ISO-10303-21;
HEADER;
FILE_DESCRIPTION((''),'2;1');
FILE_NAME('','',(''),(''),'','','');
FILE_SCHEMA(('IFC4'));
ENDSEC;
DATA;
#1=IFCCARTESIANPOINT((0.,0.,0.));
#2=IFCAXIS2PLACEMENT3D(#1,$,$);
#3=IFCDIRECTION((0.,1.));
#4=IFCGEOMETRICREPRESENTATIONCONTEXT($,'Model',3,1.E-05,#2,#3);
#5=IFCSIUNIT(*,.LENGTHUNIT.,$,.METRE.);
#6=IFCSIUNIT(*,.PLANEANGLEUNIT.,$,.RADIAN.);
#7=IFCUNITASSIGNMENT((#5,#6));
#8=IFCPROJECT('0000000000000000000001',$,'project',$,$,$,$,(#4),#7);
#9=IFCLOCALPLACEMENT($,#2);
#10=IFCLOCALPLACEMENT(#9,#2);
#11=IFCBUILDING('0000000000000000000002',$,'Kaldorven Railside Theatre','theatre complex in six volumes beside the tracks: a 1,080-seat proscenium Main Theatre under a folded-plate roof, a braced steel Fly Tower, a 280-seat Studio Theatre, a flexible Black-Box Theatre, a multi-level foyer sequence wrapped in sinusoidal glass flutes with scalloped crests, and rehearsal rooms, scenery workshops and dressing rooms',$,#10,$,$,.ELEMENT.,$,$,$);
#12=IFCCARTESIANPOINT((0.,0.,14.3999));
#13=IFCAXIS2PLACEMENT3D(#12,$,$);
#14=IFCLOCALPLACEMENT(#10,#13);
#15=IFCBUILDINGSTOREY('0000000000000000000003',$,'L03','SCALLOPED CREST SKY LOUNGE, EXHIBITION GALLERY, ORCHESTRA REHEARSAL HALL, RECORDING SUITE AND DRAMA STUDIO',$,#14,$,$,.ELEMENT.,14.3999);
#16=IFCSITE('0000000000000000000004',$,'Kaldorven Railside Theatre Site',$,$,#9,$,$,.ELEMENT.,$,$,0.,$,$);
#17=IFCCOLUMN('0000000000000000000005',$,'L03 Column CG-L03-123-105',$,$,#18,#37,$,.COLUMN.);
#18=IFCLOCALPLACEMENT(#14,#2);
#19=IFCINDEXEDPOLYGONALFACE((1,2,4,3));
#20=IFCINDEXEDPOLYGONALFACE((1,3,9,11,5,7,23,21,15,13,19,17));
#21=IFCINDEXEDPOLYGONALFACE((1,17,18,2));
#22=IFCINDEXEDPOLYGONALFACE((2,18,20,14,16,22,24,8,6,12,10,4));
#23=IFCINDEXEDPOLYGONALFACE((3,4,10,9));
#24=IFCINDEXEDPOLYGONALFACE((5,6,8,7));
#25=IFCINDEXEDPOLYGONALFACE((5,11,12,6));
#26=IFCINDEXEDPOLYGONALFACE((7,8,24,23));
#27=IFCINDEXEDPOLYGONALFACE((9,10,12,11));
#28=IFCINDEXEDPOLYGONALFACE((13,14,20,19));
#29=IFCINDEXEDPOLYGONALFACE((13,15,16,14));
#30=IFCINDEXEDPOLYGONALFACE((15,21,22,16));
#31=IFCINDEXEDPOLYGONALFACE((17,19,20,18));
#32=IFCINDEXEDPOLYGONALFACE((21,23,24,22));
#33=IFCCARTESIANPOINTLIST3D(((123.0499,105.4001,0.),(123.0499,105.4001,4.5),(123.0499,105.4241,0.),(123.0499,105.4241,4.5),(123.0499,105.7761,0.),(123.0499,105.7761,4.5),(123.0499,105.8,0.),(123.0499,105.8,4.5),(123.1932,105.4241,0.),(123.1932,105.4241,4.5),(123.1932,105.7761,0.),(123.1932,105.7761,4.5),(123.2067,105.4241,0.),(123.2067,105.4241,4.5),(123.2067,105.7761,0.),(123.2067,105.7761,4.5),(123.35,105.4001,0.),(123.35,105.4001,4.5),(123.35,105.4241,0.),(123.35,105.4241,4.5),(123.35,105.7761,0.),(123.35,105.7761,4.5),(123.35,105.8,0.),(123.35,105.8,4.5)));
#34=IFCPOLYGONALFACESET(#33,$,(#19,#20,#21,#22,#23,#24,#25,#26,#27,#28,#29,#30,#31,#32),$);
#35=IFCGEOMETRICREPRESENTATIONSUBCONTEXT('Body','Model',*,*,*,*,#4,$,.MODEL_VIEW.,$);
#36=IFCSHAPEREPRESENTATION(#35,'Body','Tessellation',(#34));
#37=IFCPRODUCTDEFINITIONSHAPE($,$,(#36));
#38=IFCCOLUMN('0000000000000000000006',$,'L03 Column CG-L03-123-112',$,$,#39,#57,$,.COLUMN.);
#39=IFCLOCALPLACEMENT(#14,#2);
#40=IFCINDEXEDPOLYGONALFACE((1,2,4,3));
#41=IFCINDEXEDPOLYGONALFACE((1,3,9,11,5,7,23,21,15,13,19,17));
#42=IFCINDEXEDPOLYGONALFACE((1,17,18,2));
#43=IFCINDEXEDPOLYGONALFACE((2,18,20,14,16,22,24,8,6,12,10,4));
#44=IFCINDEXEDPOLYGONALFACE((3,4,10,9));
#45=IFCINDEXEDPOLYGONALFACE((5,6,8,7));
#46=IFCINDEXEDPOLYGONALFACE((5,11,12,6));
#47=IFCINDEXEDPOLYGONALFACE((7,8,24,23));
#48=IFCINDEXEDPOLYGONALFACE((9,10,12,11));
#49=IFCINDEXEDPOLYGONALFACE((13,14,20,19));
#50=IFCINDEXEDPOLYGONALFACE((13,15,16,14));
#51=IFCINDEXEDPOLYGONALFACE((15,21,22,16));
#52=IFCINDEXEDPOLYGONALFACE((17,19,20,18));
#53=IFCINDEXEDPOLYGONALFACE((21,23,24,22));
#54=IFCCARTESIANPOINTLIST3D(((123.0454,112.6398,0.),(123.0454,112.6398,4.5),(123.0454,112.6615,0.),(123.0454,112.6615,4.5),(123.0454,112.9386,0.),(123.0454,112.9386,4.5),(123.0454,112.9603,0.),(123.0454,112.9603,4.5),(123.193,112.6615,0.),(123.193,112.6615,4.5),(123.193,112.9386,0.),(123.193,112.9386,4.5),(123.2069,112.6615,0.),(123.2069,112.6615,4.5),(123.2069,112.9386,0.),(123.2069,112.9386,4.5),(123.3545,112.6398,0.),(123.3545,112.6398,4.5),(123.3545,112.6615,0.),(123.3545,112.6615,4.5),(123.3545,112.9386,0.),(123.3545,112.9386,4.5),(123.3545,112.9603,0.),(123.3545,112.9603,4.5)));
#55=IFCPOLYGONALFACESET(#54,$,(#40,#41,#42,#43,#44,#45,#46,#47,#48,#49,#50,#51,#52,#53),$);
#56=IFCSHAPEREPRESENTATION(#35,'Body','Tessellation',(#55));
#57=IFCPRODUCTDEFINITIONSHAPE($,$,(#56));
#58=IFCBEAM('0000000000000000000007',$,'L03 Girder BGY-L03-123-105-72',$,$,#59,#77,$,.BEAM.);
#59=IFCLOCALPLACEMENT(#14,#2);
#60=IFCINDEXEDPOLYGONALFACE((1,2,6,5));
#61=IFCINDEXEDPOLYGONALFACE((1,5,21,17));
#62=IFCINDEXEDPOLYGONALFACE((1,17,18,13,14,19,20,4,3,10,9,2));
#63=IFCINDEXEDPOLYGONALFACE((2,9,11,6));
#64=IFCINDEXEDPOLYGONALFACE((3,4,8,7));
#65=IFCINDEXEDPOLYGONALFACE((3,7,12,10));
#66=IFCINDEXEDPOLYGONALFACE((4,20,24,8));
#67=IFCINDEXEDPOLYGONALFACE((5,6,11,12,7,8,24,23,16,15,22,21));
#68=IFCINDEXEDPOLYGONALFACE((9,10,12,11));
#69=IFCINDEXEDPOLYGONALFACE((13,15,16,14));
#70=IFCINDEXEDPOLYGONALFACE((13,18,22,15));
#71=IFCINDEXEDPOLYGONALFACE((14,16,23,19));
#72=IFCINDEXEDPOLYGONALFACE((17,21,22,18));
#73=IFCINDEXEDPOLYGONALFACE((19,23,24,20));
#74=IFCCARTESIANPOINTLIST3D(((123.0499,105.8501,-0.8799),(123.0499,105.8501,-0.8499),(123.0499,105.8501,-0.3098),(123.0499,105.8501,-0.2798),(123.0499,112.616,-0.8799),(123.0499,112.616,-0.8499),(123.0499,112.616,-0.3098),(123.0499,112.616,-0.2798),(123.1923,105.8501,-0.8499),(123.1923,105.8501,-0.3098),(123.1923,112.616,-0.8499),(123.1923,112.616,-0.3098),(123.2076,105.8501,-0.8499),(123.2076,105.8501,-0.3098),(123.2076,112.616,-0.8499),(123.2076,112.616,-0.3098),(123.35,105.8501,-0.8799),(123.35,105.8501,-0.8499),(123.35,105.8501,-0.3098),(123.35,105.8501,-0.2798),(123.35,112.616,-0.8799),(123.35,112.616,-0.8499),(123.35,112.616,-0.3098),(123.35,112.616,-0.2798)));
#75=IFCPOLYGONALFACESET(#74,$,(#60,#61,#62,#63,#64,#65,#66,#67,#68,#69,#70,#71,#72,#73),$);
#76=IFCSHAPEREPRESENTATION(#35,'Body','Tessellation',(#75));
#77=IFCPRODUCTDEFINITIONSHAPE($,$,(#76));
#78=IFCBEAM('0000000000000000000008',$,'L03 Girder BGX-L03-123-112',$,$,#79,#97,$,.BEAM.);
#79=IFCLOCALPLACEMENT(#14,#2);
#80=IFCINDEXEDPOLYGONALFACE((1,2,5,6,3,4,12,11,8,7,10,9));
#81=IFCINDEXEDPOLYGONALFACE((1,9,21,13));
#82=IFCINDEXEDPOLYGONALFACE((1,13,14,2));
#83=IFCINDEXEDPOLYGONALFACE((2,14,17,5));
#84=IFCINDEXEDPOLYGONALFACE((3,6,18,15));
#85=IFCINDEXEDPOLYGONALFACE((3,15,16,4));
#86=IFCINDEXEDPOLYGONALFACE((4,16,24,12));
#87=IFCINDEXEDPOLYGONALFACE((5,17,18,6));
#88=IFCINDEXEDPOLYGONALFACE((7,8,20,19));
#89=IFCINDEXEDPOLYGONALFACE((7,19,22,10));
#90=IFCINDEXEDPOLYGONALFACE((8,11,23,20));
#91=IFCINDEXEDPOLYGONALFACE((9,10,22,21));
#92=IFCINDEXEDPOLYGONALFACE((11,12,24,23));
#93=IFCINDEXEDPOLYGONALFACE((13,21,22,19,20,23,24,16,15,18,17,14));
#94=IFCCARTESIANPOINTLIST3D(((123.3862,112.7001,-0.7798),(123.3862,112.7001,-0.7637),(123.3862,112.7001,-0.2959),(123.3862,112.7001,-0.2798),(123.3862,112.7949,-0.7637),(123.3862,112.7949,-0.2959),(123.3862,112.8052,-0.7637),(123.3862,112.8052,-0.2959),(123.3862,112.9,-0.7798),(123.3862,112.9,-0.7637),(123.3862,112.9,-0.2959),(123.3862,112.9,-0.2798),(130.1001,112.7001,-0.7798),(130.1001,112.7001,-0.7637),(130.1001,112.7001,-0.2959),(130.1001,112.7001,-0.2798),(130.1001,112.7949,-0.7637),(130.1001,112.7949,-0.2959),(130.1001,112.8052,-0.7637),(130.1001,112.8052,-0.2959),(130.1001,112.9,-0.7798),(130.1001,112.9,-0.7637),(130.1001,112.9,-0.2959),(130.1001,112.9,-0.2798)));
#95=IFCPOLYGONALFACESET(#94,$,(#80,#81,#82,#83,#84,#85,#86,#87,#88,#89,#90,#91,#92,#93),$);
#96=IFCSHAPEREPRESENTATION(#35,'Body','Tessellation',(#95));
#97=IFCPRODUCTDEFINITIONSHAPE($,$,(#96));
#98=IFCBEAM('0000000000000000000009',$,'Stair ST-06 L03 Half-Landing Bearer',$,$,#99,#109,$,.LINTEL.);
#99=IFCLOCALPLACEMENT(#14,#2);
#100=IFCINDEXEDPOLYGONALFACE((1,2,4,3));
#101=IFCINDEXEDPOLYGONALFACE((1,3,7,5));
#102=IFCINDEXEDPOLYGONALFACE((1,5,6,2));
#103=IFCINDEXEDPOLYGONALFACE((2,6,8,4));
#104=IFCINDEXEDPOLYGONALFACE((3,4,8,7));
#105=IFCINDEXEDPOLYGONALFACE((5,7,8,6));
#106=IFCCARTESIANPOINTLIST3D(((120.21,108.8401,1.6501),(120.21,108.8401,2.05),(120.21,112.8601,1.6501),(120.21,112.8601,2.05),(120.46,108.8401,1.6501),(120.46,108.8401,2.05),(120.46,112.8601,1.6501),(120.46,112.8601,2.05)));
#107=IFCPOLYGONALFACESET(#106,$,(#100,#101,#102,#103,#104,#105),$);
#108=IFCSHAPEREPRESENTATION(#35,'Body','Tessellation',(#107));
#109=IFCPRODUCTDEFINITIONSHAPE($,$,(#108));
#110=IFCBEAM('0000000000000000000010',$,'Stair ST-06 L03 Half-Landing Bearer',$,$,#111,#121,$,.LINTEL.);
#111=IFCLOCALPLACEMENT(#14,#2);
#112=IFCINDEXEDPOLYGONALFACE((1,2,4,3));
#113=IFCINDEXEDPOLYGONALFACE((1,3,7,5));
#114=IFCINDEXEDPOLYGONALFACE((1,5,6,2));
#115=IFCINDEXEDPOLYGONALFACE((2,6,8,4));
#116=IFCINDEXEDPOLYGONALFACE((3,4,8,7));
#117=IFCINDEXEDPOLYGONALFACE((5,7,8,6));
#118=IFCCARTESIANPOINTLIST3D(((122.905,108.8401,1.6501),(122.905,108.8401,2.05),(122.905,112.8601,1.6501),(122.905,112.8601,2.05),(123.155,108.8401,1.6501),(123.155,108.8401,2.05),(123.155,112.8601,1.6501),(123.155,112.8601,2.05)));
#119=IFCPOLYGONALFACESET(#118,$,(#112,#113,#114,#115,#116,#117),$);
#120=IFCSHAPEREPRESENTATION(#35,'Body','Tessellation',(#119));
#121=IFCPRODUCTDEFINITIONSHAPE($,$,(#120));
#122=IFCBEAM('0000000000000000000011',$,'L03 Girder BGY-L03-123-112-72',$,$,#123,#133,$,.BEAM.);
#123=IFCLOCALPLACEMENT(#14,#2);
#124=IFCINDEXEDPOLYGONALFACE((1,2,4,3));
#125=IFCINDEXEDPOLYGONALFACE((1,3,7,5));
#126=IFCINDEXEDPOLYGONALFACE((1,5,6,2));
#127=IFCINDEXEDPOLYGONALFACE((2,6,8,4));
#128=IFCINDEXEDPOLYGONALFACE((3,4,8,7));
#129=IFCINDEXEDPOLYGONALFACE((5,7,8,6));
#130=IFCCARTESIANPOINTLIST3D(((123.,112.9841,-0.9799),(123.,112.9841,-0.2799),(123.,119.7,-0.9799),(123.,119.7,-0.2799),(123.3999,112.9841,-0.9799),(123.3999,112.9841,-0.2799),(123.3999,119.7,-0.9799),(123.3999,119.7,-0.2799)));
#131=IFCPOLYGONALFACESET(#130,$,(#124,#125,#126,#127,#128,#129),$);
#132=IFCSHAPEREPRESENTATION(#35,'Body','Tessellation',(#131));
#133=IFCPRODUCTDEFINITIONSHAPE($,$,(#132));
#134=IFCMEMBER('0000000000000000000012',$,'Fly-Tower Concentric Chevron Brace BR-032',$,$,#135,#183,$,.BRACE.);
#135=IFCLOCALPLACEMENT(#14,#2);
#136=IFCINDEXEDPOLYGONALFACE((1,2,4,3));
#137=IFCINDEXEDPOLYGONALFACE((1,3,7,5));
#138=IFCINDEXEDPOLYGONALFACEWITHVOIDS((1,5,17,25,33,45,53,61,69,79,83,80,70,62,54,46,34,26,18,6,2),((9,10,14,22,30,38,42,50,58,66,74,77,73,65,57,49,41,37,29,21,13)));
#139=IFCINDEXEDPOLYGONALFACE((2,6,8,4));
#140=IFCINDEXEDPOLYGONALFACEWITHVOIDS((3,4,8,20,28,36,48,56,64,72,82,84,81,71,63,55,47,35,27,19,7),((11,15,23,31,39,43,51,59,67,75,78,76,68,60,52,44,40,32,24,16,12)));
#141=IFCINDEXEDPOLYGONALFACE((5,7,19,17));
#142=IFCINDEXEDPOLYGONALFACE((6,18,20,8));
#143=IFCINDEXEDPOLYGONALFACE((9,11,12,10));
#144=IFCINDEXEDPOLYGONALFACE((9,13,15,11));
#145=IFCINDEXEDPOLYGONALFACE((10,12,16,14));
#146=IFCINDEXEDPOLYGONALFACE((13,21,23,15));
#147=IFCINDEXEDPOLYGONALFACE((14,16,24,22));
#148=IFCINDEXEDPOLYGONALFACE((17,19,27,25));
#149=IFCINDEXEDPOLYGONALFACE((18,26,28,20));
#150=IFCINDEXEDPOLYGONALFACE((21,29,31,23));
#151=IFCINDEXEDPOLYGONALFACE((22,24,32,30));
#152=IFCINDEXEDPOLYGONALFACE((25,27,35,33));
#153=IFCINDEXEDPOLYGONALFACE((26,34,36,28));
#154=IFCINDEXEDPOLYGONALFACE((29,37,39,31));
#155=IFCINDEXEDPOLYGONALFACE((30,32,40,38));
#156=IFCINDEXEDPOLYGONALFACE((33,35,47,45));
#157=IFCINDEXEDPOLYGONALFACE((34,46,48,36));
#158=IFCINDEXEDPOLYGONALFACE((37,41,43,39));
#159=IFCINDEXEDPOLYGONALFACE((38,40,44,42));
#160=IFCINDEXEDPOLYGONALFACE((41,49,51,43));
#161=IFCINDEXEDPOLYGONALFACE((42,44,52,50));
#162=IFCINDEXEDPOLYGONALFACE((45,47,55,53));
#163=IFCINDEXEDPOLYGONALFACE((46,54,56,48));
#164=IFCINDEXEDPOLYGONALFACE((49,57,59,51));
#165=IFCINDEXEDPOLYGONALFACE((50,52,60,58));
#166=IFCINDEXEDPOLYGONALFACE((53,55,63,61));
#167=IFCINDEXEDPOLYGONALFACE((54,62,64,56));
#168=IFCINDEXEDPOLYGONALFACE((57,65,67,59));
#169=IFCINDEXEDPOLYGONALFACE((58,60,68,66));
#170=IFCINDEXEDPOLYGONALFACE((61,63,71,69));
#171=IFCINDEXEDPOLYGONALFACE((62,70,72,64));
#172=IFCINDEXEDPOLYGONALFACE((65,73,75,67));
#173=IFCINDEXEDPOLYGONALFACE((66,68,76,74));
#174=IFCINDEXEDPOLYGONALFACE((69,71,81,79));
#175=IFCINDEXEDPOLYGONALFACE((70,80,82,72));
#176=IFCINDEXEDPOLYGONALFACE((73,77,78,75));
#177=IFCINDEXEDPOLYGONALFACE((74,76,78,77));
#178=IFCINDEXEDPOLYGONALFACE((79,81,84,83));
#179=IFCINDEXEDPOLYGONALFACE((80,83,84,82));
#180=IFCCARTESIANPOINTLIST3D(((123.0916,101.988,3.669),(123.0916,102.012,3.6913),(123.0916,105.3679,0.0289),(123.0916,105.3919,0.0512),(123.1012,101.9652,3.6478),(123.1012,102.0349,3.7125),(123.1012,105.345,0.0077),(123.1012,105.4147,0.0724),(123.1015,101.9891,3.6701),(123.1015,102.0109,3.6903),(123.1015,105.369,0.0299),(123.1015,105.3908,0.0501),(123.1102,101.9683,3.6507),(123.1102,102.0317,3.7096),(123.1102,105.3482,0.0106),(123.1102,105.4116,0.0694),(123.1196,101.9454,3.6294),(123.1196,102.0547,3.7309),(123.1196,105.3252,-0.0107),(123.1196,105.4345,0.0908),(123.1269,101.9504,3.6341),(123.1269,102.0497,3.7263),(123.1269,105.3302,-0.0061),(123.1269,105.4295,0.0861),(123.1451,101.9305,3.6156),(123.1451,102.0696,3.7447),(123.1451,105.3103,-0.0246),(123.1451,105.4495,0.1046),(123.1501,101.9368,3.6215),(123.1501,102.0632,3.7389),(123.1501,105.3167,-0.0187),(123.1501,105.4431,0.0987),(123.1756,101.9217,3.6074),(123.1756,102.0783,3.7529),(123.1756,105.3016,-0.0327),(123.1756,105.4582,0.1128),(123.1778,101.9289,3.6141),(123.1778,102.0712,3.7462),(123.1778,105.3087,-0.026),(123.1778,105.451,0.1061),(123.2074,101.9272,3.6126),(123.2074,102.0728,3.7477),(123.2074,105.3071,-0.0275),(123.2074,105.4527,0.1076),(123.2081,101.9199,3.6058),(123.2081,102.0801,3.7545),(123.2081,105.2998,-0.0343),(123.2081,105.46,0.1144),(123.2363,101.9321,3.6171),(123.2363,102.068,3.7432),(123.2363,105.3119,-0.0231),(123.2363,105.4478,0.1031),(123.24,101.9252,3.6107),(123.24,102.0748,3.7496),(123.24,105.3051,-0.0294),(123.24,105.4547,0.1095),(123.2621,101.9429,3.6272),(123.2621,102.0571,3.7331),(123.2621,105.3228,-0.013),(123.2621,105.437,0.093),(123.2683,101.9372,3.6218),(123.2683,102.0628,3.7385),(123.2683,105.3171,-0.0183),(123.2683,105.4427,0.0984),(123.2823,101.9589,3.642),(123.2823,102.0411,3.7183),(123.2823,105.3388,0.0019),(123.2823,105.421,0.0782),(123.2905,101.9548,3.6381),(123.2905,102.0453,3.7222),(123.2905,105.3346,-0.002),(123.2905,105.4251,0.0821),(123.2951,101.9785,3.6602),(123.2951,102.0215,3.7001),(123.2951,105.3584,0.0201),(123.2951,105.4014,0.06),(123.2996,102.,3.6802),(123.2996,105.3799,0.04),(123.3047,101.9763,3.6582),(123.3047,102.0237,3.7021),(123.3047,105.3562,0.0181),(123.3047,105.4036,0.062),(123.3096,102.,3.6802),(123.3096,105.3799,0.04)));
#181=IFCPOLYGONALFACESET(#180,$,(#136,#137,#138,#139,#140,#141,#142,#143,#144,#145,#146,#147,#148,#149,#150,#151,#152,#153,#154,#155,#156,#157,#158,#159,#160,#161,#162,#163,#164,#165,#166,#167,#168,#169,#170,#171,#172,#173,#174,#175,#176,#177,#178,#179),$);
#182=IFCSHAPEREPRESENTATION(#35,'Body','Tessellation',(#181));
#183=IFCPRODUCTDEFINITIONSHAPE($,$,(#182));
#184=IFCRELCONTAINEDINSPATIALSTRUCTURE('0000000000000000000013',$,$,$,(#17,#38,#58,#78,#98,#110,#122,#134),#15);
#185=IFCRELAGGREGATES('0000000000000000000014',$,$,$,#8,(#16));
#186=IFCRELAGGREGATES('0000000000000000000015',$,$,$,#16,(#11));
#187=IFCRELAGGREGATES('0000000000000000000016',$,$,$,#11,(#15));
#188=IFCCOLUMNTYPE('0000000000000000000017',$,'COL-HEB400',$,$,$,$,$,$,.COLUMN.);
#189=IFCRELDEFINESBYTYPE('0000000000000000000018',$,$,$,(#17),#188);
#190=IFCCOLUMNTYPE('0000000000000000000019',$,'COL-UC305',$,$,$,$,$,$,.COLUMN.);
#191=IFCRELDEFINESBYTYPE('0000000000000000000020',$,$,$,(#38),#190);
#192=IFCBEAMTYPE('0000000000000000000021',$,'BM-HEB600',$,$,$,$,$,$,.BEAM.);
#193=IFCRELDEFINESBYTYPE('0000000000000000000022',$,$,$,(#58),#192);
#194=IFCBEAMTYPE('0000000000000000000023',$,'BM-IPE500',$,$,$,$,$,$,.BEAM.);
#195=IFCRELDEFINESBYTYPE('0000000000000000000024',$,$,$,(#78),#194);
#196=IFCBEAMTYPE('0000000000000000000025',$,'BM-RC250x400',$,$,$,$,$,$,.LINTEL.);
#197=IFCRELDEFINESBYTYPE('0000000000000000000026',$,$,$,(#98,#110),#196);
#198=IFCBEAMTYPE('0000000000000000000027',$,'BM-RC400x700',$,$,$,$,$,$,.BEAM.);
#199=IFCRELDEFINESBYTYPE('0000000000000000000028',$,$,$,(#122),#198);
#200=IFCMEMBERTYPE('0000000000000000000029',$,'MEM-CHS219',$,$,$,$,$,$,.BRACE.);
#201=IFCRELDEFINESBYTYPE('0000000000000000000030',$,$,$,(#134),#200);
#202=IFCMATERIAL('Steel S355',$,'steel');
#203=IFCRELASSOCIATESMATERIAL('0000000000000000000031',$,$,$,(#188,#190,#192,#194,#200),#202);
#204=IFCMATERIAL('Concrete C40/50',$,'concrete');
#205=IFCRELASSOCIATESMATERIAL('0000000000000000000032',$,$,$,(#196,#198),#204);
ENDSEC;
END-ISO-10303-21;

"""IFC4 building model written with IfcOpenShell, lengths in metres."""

from ifc_helpers import new_model, si_unit, direction, frame, origin, origin_2d, place, context, subcontext, project, spatial, rectangle, hollow_circle, i_section, extrude, material, material_profile, profile_set, type_object, element, save


model = new_model("IFC4")

# Units and contexts
model_context = context("Model", 3, precision=1e-05, world=origin(), true_north=direction((0.0, 1.0)))
body_context = subcontext(model_context, "Body", "Model", "MODEL_VIEW")
ifc_project = project(units=[si_unit("LENGTHUNIT", "METRE"), si_unit("PLANEANGLEUNIT", "RADIAN")], contexts=[model_context])

# Site, building, storey
site_placement = place(None, origin())
site = spatial("IfcSite", under=ifc_project, at=site_placement, Name="Kaldorven Railside Theatre Site", CompositionType="ELEMENT", RefElevation=0.0)
building_placement = place(site_placement, origin())
building = spatial("IfcBuilding", under=site, at=building_placement, Name="Kaldorven Railside Theatre", Description="theatre complex in six volumes beside the tracks: a 1,080-seat proscenium Main Theatre under a folded-plate roof, a braced steel Fly Tower, a 280-seat Studio Theatre, a flexible Black-Box Theatre, a multi-level foyer sequence wrapped in sinusoidal glass flutes with scalloped crests, and rehearsal rooms, scenery workshops and dressing rooms", CompositionType="ELEMENT")
storey_placement = place(building_placement, frame((0.0, 0.0, 14.3999)))
storey = spatial("IfcBuildingStorey", under=building, at=storey_placement, Name="L03", Description="SCALLOPED CREST SKY LOUNGE, EXHIBITION GALLERY, ORCHESTRA REHEARSAL HALL, RECORDING SUITE AND DRAMA STUDIO", CompositionType="ELEMENT", Elevation=14.3999)

# Columns
ifc_material_1 = material(Name="Steel S355", Category="steel")
ifc_material_profile_1 = material_profile(ifc_material_1, i_section(OverallWidth=0.3, OverallDepth=0.3999, WebThickness=0.0134, FlangeThickness=0.0239, at=origin_2d()), Name="HEB 400")
ifc_profile_set_1 = profile_set([ifc_material_profile_1], Name="Steel S355")
column_type_1 = type_object("IfcColumnType", Name="COL-HEB400", PredefinedType="COLUMN", material=ifc_profile_set_1)
column_1_placement = place(storey_placement, frame((123.2, 105.6001, 0.0), z_axis=(0.0, 0.0, 1.0), x_axis=(1.0, 0.0, 0.0)))
element("IfcColumn", 1, at=column_1_placement, inside=storey, type_object=column_type_1, Name="L03 Column CG-L03-123-105", PredefinedType="COLUMN", context=body_context, shape_type="SweptSolid", body=[
    extrude(i_section(OverallWidth=0.3, OverallDepth=0.3999, WebThickness=0.0134, FlangeThickness=0.0239, at=origin_2d()), origin(), (0.0, 0.0, 1.0), 4.5),
])
ifc_material_profile_2 = material_profile(ifc_material_1, i_section(OverallWidth=0.3091, OverallDepth=0.3206, WebThickness=0.0139, FlangeThickness=0.0217, at=origin_2d()), Name="UC 305x305x137")
ifc_profile_set_2 = profile_set([ifc_material_profile_2], Name="Steel S355")
column_type_2 = type_object("IfcColumnType", Name="COL-UC305", PredefinedType="COLUMN", material=ifc_profile_set_2)
column_2_placement = place(storey_placement, frame((123.2, 112.8, 0.0), z_axis=(0.0, 0.0, 1.0), x_axis=(1.0, 0.0, 0.0)))
element("IfcColumn", 2, at=column_2_placement, inside=storey, type_object=column_type_2, Name="L03 Column CG-L03-123-112", PredefinedType="COLUMN", context=body_context, shape_type="SweptSolid", body=[
    extrude(i_section(OverallWidth=0.3091, OverallDepth=0.3206, WebThickness=0.0139, FlangeThickness=0.0217, at=origin_2d()), origin(), (0.0, 0.0, 1.0), 4.5),
])

# Beams
ifc_material_profile_3 = material_profile(ifc_material_1, i_section(OverallWidth=0.3, OverallDepth=0.6001, WebThickness=0.0154, FlangeThickness=0.03, at=origin_2d()), Name="HEB 600")
ifc_profile_set_3 = profile_set([ifc_material_profile_3], Name="Steel S355")
beam_type_1 = type_object("IfcBeamType", Name="BM-HEB600", PredefinedType="BEAM", material=ifc_profile_set_3)
beam_1_placement = place(storey_placement, frame((123.2, 105.8501, -0.5798), z_axis=(0.0, 1.0, 0.0), x_axis=(-1.0, 0.0, 0.0)))
element("IfcBeam", 3, at=beam_1_placement, inside=storey, type_object=beam_type_1, Name="L03 Girder BGY-L03-123-105-72", PredefinedType="BEAM", context=body_context, shape_type="SweptSolid", body=[
    extrude(i_section(OverallWidth=0.3, OverallDepth=0.6001, WebThickness=0.0154, FlangeThickness=0.03, at=origin_2d()), origin(), (0.0, 0.0, 1.0), 6.7659),
])
ifc_material_profile_4 = material_profile(ifc_material_1, i_section(OverallWidth=0.2, OverallDepth=0.5, WebThickness=0.0103, FlangeThickness=0.0161, at=origin_2d()), Name="IPE 500")
ifc_profile_set_4 = profile_set([ifc_material_profile_4], Name="Steel S355")
beam_type_2 = type_object("IfcBeamType", Name="BM-IPE500", PredefinedType="BEAM", material=ifc_profile_set_4)
beam_2_placement = place(storey_placement, frame((123.3862, 112.8, -0.5298), z_axis=(1.0, 0.0, 0.0), x_axis=(0.0, 1.0, 0.0)))
element("IfcBeam", 4, at=beam_2_placement, inside=storey, type_object=beam_type_2, Name="L03 Girder BGX-L03-123-112", PredefinedType="BEAM", context=body_context, shape_type="SweptSolid", body=[
    extrude(i_section(OverallWidth=0.2, OverallDepth=0.5, WebThickness=0.0103, FlangeThickness=0.0161, at=origin_2d()), origin(), (0.0, 0.0, 1.0), 6.7139),
])
ifc_material_2 = material(Name="Concrete C40/50", Category="concrete")
ifc_material_profile_5 = material_profile(ifc_material_2, rectangle(XDim=0.25, YDim=0.3999, at=origin_2d()), Name="RC 250x400")
ifc_profile_set_5 = profile_set([ifc_material_profile_5], Name="Concrete C40/50")
beam_type_3 = type_object("IfcBeamType", Name="BM-RC250x400", PredefinedType="LINTEL", material=ifc_profile_set_5)
for number, where, z_axis, x_axis, name in (
    (5, (120.335, 108.8401, 1.8501), (0.0, 1.0, 0.0), (-1.0, 0.0, 0.0), "Stair ST-06 L03 Half-Landing Bearer"),
    (6, (123.03, 108.8401, 1.8501), (0.0, 1.0, 0.0), (-1.0, 0.0, 0.0), "Stair ST-06 L03 Half-Landing Bearer"),
):
    element("IfcBeam", number, at=place(storey_placement, frame(where, z_axis=z_axis, x_axis=x_axis)), inside=storey, type_object=beam_type_3, Name=name, PredefinedType="LINTEL", context=body_context, shape_type="SweptSolid", body=[
        extrude(rectangle(XDim=0.25, YDim=0.3999, at=origin_2d()), origin(), (0.0, 0.0, 1.0), 4.02),
    ])
ifc_material_profile_6 = material_profile(ifc_material_2, rectangle(XDim=0.3999, YDim=0.7, at=origin_2d()), Name="RC 400x700")
ifc_profile_set_6 = profile_set([ifc_material_profile_6], Name="Concrete C40/50")
beam_type_4 = type_object("IfcBeamType", Name="BM-RC400x700", PredefinedType="BEAM", material=ifc_profile_set_6)
beam_3_placement = place(storey_placement, frame((123.2, 112.9841, -0.6299), z_axis=(0.0, 1.0, 0.0), x_axis=(-1.0, 0.0, 0.0)))
element("IfcBeam", 7, at=beam_3_placement, inside=storey, type_object=beam_type_4, Name="L03 Girder BGY-L03-123-112-72", PredefinedType="BEAM", context=body_context, shape_type="SweptSolid", body=[
    extrude(rectangle(XDim=0.3999, YDim=0.7, at=origin_2d()), origin(), (0.0, 0.0, 1.0), 6.7158),
])

# Member
ifc_material_profile_7 = material_profile(ifc_material_1, hollow_circle(Radius=0.1096, WallThickness=0.01, at=origin_2d()), Name="CHS 219.1x10")
ifc_profile_set_7 = profile_set([ifc_material_profile_7], Name="Steel S355")
member_type = type_object("IfcMemberType", Name="MEM-CHS219", PredefinedType="BRACE", material=ifc_profile_set_7)
member_placement = place(storey_placement, frame((123.2, 105.3799, 0.04), z_axis=(0.0, -0.680425, 0.732818), x_axis=(1.0, 0.0, 0.0)))
element("IfcMember", 8, at=member_placement, inside=storey, type_object=member_type, Name="Fly-Tower Concentric Chevron Brace BR-032", PredefinedType="BRACE", context=body_context, shape_type="SweptSolid", body=[
    extrude(hollow_circle(Radius=0.1096, WallThickness=0.01, at=origin_2d()), origin(), (0.0, 0.0, 1.0), 4.9673),
])

save(model, "model.ifc")
